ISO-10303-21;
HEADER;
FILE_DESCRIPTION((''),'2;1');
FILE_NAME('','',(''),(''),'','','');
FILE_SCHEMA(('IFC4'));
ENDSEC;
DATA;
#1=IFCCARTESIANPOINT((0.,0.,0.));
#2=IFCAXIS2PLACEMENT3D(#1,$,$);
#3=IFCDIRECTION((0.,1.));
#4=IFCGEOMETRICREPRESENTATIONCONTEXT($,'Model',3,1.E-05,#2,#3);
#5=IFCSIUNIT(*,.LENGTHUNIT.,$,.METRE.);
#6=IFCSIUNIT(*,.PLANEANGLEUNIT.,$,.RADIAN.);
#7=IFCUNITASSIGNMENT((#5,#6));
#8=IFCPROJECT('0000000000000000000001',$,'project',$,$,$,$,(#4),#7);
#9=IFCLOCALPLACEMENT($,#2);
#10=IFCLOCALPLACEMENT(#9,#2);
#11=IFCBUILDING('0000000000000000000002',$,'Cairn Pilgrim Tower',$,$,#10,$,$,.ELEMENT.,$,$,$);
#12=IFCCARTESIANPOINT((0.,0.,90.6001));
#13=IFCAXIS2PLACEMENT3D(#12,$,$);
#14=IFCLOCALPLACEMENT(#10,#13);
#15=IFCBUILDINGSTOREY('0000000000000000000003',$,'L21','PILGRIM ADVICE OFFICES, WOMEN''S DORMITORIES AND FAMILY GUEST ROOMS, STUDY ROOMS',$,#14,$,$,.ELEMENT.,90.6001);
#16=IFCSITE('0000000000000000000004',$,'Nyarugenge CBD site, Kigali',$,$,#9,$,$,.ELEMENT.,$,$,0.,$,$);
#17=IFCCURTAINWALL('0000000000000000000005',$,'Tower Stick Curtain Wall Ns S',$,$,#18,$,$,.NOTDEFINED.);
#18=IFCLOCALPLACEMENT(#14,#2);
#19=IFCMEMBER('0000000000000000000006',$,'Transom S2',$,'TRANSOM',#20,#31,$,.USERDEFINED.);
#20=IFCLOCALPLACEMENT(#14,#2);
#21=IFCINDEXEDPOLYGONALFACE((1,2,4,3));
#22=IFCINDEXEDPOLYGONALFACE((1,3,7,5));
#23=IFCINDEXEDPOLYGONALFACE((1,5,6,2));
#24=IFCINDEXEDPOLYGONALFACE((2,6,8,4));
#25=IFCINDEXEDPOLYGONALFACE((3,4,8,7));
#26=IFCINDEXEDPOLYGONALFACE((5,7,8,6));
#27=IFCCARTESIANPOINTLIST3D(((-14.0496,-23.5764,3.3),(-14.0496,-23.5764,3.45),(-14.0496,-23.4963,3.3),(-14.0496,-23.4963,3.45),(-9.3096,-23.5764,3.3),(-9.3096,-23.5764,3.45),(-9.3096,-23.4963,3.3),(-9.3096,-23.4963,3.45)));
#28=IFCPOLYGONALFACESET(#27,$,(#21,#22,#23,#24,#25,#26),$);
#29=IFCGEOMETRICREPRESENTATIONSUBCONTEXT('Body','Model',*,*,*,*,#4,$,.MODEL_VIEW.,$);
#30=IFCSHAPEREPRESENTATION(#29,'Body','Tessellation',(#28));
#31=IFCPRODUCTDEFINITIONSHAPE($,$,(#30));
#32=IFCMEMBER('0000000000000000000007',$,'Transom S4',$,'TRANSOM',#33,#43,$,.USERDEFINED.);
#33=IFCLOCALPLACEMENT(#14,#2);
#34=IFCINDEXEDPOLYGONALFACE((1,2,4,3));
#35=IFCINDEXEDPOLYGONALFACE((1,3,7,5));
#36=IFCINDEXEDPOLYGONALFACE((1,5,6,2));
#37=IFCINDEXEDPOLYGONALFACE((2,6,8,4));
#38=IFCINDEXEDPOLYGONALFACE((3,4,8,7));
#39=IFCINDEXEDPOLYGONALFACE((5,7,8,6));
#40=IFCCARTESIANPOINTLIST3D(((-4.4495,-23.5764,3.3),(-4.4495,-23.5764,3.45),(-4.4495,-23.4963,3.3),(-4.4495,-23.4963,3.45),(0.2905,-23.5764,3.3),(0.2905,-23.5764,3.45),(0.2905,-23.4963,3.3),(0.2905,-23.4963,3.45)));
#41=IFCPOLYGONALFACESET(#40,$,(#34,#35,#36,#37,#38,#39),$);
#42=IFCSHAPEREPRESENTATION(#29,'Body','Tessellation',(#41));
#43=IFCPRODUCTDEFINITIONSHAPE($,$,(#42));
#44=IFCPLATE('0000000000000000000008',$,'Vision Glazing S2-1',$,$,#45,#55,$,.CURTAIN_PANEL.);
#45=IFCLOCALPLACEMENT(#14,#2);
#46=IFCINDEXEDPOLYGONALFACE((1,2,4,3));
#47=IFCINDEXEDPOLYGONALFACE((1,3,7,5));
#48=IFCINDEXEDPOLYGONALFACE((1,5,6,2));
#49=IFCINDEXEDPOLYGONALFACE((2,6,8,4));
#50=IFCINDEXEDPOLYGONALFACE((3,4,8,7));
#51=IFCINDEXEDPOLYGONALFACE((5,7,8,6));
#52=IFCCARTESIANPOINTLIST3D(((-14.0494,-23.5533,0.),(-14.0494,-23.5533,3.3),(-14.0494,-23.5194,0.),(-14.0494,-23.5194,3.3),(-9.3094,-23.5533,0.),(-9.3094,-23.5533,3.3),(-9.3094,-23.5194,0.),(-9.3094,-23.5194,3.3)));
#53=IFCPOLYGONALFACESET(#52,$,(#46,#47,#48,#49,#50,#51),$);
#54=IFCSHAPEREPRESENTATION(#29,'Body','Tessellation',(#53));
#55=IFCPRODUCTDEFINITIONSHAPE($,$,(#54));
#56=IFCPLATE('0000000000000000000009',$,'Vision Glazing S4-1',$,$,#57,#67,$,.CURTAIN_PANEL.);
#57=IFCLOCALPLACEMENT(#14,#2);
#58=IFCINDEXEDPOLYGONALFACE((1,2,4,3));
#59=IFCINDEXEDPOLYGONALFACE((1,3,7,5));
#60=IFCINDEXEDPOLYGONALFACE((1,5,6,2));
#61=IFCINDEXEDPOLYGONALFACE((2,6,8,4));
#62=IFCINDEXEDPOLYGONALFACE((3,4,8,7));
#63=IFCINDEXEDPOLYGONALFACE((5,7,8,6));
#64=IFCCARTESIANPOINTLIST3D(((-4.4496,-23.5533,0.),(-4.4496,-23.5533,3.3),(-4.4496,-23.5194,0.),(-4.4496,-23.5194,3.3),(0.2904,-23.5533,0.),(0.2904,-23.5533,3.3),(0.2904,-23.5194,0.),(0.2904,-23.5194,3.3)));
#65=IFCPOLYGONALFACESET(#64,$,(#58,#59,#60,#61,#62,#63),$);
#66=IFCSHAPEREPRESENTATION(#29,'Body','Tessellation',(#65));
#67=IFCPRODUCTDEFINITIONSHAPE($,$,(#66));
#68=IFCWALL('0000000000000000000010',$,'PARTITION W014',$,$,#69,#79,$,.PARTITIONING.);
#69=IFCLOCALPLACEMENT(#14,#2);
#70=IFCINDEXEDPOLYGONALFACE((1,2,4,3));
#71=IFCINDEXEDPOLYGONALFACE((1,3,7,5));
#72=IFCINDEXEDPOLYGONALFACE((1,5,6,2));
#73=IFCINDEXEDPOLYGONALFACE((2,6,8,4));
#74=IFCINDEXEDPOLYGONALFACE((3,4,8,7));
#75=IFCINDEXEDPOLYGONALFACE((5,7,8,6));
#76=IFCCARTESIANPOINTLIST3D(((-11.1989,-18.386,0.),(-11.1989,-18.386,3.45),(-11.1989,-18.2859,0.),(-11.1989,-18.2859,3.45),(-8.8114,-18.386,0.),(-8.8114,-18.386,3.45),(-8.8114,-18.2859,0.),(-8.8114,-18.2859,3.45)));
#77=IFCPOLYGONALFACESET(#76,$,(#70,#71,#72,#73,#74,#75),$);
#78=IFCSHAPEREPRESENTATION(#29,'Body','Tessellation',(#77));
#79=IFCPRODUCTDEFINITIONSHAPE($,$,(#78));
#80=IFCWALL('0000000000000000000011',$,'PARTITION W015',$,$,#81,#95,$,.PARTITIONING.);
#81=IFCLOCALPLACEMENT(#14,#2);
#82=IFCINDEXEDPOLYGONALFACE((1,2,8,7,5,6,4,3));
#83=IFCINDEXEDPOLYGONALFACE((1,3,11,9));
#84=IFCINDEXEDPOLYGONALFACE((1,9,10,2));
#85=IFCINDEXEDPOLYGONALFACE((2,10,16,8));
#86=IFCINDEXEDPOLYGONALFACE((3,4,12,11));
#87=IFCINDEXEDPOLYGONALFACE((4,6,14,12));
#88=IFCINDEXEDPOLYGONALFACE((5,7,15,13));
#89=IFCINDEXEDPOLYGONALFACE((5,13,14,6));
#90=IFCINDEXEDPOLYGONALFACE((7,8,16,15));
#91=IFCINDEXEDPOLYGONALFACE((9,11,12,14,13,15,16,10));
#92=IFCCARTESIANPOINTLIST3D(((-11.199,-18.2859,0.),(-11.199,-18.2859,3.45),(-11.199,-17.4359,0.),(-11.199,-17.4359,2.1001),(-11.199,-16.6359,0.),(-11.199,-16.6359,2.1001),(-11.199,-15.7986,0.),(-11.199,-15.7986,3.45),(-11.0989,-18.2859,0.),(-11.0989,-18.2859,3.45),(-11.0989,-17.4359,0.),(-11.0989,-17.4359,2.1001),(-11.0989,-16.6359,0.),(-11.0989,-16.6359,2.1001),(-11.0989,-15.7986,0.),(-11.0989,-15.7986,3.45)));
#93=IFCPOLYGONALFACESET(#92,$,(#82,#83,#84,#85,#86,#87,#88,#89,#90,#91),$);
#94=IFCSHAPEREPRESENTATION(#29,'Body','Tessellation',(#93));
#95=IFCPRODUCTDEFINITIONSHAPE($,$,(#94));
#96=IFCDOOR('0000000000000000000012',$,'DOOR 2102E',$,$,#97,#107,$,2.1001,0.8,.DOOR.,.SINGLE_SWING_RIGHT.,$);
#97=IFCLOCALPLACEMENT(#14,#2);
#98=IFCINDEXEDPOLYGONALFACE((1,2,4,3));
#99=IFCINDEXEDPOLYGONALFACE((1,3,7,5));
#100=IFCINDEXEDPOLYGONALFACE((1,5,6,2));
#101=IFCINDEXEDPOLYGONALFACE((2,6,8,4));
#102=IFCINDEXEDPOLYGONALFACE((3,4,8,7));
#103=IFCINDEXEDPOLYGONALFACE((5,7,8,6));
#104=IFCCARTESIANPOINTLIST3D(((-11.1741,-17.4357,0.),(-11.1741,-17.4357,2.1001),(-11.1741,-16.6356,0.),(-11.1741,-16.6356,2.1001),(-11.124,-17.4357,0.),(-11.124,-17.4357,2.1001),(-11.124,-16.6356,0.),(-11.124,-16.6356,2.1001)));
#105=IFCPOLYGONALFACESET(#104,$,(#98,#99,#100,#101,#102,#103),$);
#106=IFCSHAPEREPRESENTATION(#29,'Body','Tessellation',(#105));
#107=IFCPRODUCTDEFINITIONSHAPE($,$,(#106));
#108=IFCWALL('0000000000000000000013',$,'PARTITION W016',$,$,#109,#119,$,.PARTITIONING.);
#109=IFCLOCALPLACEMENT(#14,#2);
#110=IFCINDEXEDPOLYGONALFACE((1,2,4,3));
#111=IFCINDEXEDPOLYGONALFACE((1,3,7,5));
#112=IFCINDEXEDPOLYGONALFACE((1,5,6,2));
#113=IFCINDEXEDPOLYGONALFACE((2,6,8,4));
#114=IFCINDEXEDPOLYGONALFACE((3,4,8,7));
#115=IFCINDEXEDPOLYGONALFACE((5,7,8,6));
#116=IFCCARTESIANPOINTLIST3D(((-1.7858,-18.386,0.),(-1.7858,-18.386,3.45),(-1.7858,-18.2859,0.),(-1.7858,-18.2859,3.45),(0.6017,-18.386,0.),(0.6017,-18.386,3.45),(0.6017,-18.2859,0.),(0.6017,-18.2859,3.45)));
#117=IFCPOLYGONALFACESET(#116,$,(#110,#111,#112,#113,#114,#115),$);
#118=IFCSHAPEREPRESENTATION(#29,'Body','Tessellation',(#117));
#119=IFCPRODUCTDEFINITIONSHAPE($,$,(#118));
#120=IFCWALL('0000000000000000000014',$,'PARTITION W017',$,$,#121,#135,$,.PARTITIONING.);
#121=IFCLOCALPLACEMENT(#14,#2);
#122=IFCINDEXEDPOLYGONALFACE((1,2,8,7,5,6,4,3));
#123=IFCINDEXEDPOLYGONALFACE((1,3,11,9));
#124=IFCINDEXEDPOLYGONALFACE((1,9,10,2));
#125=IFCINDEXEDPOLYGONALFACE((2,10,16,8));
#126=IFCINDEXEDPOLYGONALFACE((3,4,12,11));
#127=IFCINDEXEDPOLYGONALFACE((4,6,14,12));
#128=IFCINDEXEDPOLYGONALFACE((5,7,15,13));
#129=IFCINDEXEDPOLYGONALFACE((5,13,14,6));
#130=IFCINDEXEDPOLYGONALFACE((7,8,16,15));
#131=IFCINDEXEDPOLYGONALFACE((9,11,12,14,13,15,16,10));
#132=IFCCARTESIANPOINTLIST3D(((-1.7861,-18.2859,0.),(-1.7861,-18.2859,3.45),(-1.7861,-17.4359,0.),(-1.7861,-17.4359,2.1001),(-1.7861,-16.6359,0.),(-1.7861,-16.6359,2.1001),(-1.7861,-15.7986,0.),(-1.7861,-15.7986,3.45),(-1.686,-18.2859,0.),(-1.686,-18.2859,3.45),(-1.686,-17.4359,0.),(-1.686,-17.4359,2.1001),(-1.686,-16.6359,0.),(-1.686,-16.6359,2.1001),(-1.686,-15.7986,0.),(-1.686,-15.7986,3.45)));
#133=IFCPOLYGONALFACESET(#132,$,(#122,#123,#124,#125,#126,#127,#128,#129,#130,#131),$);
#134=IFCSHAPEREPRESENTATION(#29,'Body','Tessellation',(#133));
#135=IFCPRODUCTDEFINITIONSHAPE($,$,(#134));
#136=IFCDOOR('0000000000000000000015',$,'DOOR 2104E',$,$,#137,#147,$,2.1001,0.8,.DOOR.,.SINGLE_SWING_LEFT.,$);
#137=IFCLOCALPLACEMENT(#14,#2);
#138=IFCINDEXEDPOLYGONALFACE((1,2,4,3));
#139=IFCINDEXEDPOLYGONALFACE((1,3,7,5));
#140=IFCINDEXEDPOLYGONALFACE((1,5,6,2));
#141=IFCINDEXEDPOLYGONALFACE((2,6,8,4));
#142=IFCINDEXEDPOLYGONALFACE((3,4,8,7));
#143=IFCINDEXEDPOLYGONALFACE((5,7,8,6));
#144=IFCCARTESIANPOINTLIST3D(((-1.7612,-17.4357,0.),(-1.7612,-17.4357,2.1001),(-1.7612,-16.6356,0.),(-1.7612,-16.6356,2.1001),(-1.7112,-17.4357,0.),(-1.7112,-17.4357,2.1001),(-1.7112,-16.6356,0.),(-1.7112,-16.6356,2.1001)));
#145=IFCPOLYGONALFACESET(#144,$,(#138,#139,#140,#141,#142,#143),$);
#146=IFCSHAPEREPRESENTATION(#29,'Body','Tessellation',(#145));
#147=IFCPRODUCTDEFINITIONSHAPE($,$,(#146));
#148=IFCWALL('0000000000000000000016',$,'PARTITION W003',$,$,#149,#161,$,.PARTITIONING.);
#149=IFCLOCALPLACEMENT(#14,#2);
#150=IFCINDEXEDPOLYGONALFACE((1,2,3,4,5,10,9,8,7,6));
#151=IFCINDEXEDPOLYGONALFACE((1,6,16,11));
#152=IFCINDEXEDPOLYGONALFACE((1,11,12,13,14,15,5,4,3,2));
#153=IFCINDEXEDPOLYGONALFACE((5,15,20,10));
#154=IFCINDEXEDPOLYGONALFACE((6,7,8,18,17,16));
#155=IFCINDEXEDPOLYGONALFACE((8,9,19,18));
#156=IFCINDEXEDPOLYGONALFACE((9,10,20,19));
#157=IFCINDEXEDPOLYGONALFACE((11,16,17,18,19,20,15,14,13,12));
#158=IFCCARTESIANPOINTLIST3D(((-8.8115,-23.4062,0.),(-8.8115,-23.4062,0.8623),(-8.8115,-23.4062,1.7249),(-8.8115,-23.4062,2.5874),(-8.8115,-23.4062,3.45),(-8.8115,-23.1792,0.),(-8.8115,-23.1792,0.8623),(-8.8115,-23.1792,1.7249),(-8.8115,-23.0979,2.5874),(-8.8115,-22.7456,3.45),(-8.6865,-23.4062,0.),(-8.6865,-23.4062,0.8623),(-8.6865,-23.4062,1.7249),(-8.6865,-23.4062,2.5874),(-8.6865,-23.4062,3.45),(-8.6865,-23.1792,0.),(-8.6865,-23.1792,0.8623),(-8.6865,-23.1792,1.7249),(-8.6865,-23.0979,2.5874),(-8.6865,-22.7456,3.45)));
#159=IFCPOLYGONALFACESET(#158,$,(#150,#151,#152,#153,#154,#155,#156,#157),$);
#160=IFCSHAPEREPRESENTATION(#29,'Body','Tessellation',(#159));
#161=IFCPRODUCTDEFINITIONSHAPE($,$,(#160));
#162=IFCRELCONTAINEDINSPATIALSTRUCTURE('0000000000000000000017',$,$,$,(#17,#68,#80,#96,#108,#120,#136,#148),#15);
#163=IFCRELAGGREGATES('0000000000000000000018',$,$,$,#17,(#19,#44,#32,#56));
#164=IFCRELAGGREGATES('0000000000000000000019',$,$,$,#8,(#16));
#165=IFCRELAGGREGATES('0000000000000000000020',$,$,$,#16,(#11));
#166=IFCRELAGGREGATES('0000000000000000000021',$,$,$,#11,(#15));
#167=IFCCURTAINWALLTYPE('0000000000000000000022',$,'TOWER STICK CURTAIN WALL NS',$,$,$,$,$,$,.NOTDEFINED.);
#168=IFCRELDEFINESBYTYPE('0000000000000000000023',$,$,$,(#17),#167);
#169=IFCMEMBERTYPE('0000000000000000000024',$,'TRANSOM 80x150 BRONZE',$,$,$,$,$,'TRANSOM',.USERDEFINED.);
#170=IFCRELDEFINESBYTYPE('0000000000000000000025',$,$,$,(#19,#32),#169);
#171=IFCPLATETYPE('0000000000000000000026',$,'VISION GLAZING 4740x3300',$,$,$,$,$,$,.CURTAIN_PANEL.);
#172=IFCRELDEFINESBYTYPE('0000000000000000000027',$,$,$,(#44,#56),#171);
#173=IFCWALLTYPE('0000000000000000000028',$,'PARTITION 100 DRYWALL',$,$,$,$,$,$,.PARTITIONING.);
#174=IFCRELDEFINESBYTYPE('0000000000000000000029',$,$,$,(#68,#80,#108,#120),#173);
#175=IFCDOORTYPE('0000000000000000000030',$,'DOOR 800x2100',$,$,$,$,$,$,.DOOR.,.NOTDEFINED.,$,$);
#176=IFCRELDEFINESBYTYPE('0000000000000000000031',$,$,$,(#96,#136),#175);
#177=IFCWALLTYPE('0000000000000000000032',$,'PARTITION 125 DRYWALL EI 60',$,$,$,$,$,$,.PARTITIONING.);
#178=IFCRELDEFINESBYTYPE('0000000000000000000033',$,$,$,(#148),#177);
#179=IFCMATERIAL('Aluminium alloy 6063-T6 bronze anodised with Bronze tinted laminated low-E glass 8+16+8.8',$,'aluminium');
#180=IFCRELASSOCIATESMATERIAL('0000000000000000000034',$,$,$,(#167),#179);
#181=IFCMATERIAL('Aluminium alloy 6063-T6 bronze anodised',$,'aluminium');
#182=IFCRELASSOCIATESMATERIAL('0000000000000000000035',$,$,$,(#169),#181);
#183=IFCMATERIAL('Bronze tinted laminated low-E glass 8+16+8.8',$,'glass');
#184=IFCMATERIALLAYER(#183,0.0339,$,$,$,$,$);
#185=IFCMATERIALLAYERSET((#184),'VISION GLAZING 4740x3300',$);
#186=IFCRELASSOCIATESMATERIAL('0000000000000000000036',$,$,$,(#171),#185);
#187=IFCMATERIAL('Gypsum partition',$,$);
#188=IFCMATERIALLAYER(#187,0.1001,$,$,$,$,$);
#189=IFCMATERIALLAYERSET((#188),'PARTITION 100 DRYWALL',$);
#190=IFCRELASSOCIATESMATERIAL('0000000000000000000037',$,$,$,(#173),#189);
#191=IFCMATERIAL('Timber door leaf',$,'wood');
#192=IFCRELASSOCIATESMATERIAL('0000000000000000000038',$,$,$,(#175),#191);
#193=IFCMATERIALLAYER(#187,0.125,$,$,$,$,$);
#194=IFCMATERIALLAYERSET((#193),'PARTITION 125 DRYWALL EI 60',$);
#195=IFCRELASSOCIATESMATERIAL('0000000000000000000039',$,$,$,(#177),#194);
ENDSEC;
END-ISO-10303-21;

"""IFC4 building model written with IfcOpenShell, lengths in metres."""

from ifc_helpers import new_model, si_unit, direction, frame, frame_2d, origin, origin_2d, place, context, subcontext, project, spatial, polyline, rectangle, outline, extrude, material, layer, layer_set, material_profile, profile_set, type_object, element, fill, aggregate, save


model = new_model("IFC4")

# Units and contexts
model_context = context("Model", 3, precision=1e-05, world=origin(), true_north=direction((0.0, 1.0)))
body_context = subcontext(model_context, "Body", "Model", "MODEL_VIEW")
ifc_project = project(units=[si_unit("LENGTHUNIT", "METRE"), si_unit("PLANEANGLEUNIT", "RADIAN")], contexts=[model_context])

# Site, building, storey
site_placement = place(None, origin())
site = spatial("IfcSite", under=ifc_project, at=site_placement, Name="Nyarugenge CBD site, Kigali", CompositionType="ELEMENT", RefElevation=0.0)
building_placement = place(site_placement, origin())
building = spatial("IfcBuilding", under=site, at=building_placement, Name="Cairn Pilgrim Tower", CompositionType="ELEMENT")
storey_placement = place(building_placement, frame((0.0, 0.0, 90.6001)))
storey = spatial("IfcBuildingStorey", under=building, at=storey_placement, Name="L21", Description="PILGRIM ADVICE OFFICES, WOMEN'S DORMITORIES AND FAMILY GUEST ROOMS, STUDY ROOMS", CompositionType="ELEMENT", Elevation=90.6001)

# Curtain wall
ifc_material_1 = material(Name="Aluminium alloy 6063-T6 bronze anodised with Bronze tinted laminated low-E glass 8+16+8.8", Category="aluminium")
curtain_wall_type = type_object("IfcCurtainWallType", Name="TOWER STICK CURTAIN WALL NS", PredefinedType="NOTDEFINED", material=ifc_material_1)
curtain_wall_placement = place(storey_placement, origin())
curtain_wall = element("IfcCurtainWall", 1, at=curtain_wall_placement, inside=storey, type_object=curtain_wall_type, Name="Tower Stick Curtain Wall Ns S", PredefinedType="NOTDEFINED")
ifc_material_2 = material(Name="Aluminium alloy 6063-T6 bronze anodised", Category="aluminium")

# Members
ifc_material_profile_1 = material_profile(ifc_material_2, rectangle(XDim=0.0801, YDim=0.1499, at=origin_2d()), Name="TRANSOM 80x150 BRONZE")
ifc_profile_set_1 = profile_set([ifc_material_profile_1], Name="Aluminium alloy 6063-T6 bronze anodised")
member_type_1 = type_object("IfcMemberType", Name="TRANSOM 80x150 BRONZE", ElementType="TRANSOM", PredefinedType="USERDEFINED", material=ifc_profile_set_1)
member_1_placement = place(storey_placement, frame((-14.0496, -23.5364, 3.375), z_axis=(1.0, 0.0, 0.0), x_axis=(0.0, 1.0, 0.0)))
member_1 = element("IfcMember", 2, at=member_1_placement, type_object=member_type_1, Name="Transom S2", ObjectType="TRANSOM", PredefinedType="USERDEFINED", context=body_context, shape_type="SweptSolid", body=[
    extrude(rectangle(XDim=0.0801, YDim=0.1499, at=origin_2d()), origin(), (0.0, 0.0, 1.0), 4.74),
])
member_2_placement = place(storey_placement, frame((-4.4495, -23.5364, 3.375), z_axis=(1.0, 0.0, 0.0), x_axis=(0.0, 1.0, 0.0)))
member_2 = element("IfcMember", 3, at=member_2_placement, type_object=member_type_1, Name="Transom S4", ObjectType="TRANSOM", PredefinedType="USERDEFINED", context=body_context, shape_type="SweptSolid", body=[
    extrude(rectangle(XDim=0.0801, YDim=0.1499, at=origin_2d()), origin(), (0.0, 0.0, 1.0), 4.74),
])

# Plates
ifc_material_3 = material(Name="Bronze tinted laminated low-E glass 8+16+8.8", Category="glass")
ifc_layer_1 = layer(ifc_material_3, 0.0339)
ifc_layer_set_1 = layer_set([ifc_layer_1], Name="VISION GLAZING 4740x3300")
plate_type = type_object("IfcPlateType", Name="VISION GLAZING 4740x3300", PredefinedType="CURTAIN_PANEL", material=ifc_layer_set_1)
plate_1_placement = place(storey_placement, frame((-11.6794, -23.5364, 0.0), z_axis=(0.0, 0.0, 1.0), x_axis=(1.0, 0.0, 0.0)))
plate_1 = element("IfcPlate", 4, at=plate_1_placement, type_object=plate_type, Name="Vision Glazing S2-1", PredefinedType="CURTAIN_PANEL", context=body_context, shape_type="SweptSolid", body=[
    extrude(rectangle(XDim=4.74, YDim=0.0339, at=origin_2d()), origin(), (0.0, 0.0, 1.0), 3.3),
])
plate_2_placement = place(storey_placement, frame((-2.0796, -23.5364, 0.0), z_axis=(0.0, 0.0, 1.0), x_axis=(1.0, 0.0, 0.0)))
plate_2 = element("IfcPlate", 5, at=plate_2_placement, type_object=plate_type, Name="Vision Glazing S4-1", PredefinedType="CURTAIN_PANEL", context=body_context, shape_type="SweptSolid", body=[
    extrude(rectangle(XDim=4.74, YDim=0.0339, at=origin_2d()), origin(), (0.0, 0.0, 1.0), 3.3),
])
aggregate(curtain_wall, [member_1, plate_1, member_2, plate_2])

# Wall
ifc_material_4 = material(Name="Gypsum partition")
ifc_layer_2 = layer(ifc_material_4, 0.1001)
ifc_layer_set_2 = layer_set([ifc_layer_2], Name="PARTITION 100 DRYWALL")
wall_type_1 = type_object("IfcWallType", Name="PARTITION 100 DRYWALL", PredefinedType="PARTITIONING", material=ifc_layer_set_2)
wall_1_placement = place(storey_placement, frame((-11.199, -18.3359, 0.0), z_axis=(0.0, 0.0, 1.0), x_axis=(1.0, 0.0, 0.0)))
element("IfcWall", 6, at=wall_1_placement, inside=storey, type_object=wall_type_1, Name="PARTITION W014", PredefinedType="PARTITIONING", context=body_context, shape_type="SweptSolid", body=[
    extrude(rectangle(XDim=2.3875, YDim=0.1001, at=frame_2d((1.1938, 0.0))), origin(), (0.0, 0.0, 1.0), 3.45),
])

# Wall, opening, door
wall_2_placement = place(storey_placement, frame((-11.1489, -18.2859, 0.0), z_axis=(0.0, 0.0, 1.0), x_axis=(0.0, 1.0, 0.0)))
wall_2 = element("IfcWall", 7, at=wall_2_placement, inside=storey, type_object=wall_type_1, Name="PARTITION W015", PredefinedType="PARTITIONING", context=body_context, shape_type="SweptSolid", body=[
    extrude(rectangle(XDim=2.4873, YDim=0.1001, at=frame_2d((1.2437, 0.0))), origin(), (0.0, 0.0, 1.0), 3.45),
])
opening_1_placement = place(wall_2_placement, frame((0.8501, 0.0, 0.0)))
opening_1 = element("IfcOpeningElement", 8, at=opening_1_placement, cuts=wall_2, PredefinedType="OPENING", context=body_context, shape_type="SweptSolid", body=[
    extrude(rectangle(XDim=0.8, YDim=2.1001, at=frame_2d((0.3999, 1.05))), frame((0.0, 0.0601, 0.0), z_axis=(0.0, -1.0, 0.0), x_axis=(1.0, 0.0, 0.0)), (0.0, 0.0, 1.0), 0.1201),
])
ifc_material_5 = material(Name="Timber door leaf", Category="wood")
door_type_1 = type_object("IfcDoorType", Name="DOOR 800x2100", OperationType="NOTDEFINED", PredefinedType="DOOR", material=ifc_material_5)
door_1_placement = place(opening_1_placement, frame((0.8, 0.0, 0.0), z_axis=(0.0, 0.0, 1.0), x_axis=(-1.0, 0.0, 0.0)))
door_1 = element("IfcDoor", 9, at=door_1_placement, inside=storey, type_object=door_type_1, Name="DOOR 2102E", OperationType="SINGLE_SWING_RIGHT", OverallHeight=2.1001, OverallWidth=0.8, PredefinedType="DOOR", context=body_context, shape_type="SweptSolid", body=[
    extrude(rectangle(XDim=0.8, YDim=2.1001, at=frame_2d((0.3999, 1.05))), frame((0.0, 0.0249, 0.0), z_axis=(0.0, -1.0, 0.0), x_axis=(1.0, 0.0, 0.0)), (0.0, 0.0, 1.0), 0.05),
])
fill(opening_1, door_1)

# Wall
wall_3_placement = place(storey_placement, frame((-1.7859, -18.3359, 0.0), z_axis=(0.0, 0.0, 1.0), x_axis=(1.0, 0.0, 0.0)))
element("IfcWall", 10, at=wall_3_placement, inside=storey, type_object=wall_type_1, Name="PARTITION W016", PredefinedType="PARTITIONING", context=body_context, shape_type="SweptSolid", body=[
    extrude(rectangle(XDim=2.3875, YDim=0.1001, at=frame_2d((1.1938, 0.0))), origin(), (0.0, 0.0, 1.0), 3.45),
])

# Wall, opening, door
wall_4_placement = place(storey_placement, frame((-1.7361, -18.2859, 0.0), z_axis=(0.0, 0.0, 1.0), x_axis=(0.0, 1.0, 0.0)))
wall_4 = element("IfcWall", 11, at=wall_4_placement, inside=storey, type_object=wall_type_1, Name="PARTITION W017", PredefinedType="PARTITIONING", context=body_context, shape_type="SweptSolid", body=[
    extrude(rectangle(XDim=2.4873, YDim=0.1001, at=frame_2d((1.2437, 0.0))), origin(), (0.0, 0.0, 1.0), 3.45),
])
opening_2_placement = place(wall_4_placement, frame((0.8501, 0.0, 0.0)))
opening_2 = element("IfcOpeningElement", 12, at=opening_2_placement, cuts=wall_4, PredefinedType="OPENING", context=body_context, shape_type="SweptSolid", body=[
    extrude(rectangle(XDim=0.8, YDim=2.1001, at=frame_2d((0.3999, 1.05))), frame((0.0, 0.0601, 0.0), z_axis=(0.0, -1.0, 0.0), x_axis=(1.0, 0.0, 0.0)), (0.0, 0.0, 1.0), 0.1201),
])
door_2_placement = place(opening_2_placement, frame((0.8, 0.0, 0.0), z_axis=(0.0, 0.0, 1.0), x_axis=(-1.0, 0.0, 0.0)))
door_2 = element("IfcDoor", 13, at=door_2_placement, inside=storey, type_object=door_type_1, Name="DOOR 2104E", OperationType="SINGLE_SWING_LEFT", OverallHeight=2.1001, OverallWidth=0.8, PredefinedType="DOOR", context=body_context, shape_type="SweptSolid", body=[
    extrude(rectangle(XDim=0.8, YDim=2.1001, at=frame_2d((0.3999, 1.05))), frame((0.0, 0.0249, 0.0), z_axis=(0.0, -1.0, 0.0), x_axis=(1.0, 0.0, 0.0)), (0.0, 0.0, 1.0), 0.05),
])
fill(opening_2, door_2)

# Wall
ifc_layer_3 = layer(ifc_material_4, 0.125)
ifc_layer_set_3 = layer_set([ifc_layer_3], Name="PARTITION 125 DRYWALL EI 60")
wall_type_2 = type_object("IfcWallType", Name="PARTITION 125 DRYWALL EI 60", PredefinedType="PARTITIONING", material=ifc_layer_set_3)
wall_5_placement = place(storey_placement, frame((-8.749, -23.4062, 0.0), z_axis=(0.0, 0.0, 1.0), x_axis=(0.0, 1.0, 0.0)))
element("IfcWall", 14, at=wall_5_placement, inside=storey, type_object=wall_type_2, Name="PARTITION W003", PredefinedType="PARTITIONING", context=body_context, shape_type="SweptSolid", body=[
    extrude(outline(polyline([(0.0, 0.0), (0.2271, 0.0), (0.2271, 0.8623), (0.2271, 1.7249), (0.3083, 2.5874), (0.6606, 3.45), (0.0, 3.45), (0.0, 2.5874), (0.0, 1.7249), (0.0, 0.8623), (0.0, 0.0)])), frame((0.0, 0.0625, 0.0), z_axis=(0.0, -1.0, 0.0), x_axis=(1.0, 0.0, 0.0)), (0.0, 0.0, 1.0), 0.125),
])

save(model, "model.ifc")
